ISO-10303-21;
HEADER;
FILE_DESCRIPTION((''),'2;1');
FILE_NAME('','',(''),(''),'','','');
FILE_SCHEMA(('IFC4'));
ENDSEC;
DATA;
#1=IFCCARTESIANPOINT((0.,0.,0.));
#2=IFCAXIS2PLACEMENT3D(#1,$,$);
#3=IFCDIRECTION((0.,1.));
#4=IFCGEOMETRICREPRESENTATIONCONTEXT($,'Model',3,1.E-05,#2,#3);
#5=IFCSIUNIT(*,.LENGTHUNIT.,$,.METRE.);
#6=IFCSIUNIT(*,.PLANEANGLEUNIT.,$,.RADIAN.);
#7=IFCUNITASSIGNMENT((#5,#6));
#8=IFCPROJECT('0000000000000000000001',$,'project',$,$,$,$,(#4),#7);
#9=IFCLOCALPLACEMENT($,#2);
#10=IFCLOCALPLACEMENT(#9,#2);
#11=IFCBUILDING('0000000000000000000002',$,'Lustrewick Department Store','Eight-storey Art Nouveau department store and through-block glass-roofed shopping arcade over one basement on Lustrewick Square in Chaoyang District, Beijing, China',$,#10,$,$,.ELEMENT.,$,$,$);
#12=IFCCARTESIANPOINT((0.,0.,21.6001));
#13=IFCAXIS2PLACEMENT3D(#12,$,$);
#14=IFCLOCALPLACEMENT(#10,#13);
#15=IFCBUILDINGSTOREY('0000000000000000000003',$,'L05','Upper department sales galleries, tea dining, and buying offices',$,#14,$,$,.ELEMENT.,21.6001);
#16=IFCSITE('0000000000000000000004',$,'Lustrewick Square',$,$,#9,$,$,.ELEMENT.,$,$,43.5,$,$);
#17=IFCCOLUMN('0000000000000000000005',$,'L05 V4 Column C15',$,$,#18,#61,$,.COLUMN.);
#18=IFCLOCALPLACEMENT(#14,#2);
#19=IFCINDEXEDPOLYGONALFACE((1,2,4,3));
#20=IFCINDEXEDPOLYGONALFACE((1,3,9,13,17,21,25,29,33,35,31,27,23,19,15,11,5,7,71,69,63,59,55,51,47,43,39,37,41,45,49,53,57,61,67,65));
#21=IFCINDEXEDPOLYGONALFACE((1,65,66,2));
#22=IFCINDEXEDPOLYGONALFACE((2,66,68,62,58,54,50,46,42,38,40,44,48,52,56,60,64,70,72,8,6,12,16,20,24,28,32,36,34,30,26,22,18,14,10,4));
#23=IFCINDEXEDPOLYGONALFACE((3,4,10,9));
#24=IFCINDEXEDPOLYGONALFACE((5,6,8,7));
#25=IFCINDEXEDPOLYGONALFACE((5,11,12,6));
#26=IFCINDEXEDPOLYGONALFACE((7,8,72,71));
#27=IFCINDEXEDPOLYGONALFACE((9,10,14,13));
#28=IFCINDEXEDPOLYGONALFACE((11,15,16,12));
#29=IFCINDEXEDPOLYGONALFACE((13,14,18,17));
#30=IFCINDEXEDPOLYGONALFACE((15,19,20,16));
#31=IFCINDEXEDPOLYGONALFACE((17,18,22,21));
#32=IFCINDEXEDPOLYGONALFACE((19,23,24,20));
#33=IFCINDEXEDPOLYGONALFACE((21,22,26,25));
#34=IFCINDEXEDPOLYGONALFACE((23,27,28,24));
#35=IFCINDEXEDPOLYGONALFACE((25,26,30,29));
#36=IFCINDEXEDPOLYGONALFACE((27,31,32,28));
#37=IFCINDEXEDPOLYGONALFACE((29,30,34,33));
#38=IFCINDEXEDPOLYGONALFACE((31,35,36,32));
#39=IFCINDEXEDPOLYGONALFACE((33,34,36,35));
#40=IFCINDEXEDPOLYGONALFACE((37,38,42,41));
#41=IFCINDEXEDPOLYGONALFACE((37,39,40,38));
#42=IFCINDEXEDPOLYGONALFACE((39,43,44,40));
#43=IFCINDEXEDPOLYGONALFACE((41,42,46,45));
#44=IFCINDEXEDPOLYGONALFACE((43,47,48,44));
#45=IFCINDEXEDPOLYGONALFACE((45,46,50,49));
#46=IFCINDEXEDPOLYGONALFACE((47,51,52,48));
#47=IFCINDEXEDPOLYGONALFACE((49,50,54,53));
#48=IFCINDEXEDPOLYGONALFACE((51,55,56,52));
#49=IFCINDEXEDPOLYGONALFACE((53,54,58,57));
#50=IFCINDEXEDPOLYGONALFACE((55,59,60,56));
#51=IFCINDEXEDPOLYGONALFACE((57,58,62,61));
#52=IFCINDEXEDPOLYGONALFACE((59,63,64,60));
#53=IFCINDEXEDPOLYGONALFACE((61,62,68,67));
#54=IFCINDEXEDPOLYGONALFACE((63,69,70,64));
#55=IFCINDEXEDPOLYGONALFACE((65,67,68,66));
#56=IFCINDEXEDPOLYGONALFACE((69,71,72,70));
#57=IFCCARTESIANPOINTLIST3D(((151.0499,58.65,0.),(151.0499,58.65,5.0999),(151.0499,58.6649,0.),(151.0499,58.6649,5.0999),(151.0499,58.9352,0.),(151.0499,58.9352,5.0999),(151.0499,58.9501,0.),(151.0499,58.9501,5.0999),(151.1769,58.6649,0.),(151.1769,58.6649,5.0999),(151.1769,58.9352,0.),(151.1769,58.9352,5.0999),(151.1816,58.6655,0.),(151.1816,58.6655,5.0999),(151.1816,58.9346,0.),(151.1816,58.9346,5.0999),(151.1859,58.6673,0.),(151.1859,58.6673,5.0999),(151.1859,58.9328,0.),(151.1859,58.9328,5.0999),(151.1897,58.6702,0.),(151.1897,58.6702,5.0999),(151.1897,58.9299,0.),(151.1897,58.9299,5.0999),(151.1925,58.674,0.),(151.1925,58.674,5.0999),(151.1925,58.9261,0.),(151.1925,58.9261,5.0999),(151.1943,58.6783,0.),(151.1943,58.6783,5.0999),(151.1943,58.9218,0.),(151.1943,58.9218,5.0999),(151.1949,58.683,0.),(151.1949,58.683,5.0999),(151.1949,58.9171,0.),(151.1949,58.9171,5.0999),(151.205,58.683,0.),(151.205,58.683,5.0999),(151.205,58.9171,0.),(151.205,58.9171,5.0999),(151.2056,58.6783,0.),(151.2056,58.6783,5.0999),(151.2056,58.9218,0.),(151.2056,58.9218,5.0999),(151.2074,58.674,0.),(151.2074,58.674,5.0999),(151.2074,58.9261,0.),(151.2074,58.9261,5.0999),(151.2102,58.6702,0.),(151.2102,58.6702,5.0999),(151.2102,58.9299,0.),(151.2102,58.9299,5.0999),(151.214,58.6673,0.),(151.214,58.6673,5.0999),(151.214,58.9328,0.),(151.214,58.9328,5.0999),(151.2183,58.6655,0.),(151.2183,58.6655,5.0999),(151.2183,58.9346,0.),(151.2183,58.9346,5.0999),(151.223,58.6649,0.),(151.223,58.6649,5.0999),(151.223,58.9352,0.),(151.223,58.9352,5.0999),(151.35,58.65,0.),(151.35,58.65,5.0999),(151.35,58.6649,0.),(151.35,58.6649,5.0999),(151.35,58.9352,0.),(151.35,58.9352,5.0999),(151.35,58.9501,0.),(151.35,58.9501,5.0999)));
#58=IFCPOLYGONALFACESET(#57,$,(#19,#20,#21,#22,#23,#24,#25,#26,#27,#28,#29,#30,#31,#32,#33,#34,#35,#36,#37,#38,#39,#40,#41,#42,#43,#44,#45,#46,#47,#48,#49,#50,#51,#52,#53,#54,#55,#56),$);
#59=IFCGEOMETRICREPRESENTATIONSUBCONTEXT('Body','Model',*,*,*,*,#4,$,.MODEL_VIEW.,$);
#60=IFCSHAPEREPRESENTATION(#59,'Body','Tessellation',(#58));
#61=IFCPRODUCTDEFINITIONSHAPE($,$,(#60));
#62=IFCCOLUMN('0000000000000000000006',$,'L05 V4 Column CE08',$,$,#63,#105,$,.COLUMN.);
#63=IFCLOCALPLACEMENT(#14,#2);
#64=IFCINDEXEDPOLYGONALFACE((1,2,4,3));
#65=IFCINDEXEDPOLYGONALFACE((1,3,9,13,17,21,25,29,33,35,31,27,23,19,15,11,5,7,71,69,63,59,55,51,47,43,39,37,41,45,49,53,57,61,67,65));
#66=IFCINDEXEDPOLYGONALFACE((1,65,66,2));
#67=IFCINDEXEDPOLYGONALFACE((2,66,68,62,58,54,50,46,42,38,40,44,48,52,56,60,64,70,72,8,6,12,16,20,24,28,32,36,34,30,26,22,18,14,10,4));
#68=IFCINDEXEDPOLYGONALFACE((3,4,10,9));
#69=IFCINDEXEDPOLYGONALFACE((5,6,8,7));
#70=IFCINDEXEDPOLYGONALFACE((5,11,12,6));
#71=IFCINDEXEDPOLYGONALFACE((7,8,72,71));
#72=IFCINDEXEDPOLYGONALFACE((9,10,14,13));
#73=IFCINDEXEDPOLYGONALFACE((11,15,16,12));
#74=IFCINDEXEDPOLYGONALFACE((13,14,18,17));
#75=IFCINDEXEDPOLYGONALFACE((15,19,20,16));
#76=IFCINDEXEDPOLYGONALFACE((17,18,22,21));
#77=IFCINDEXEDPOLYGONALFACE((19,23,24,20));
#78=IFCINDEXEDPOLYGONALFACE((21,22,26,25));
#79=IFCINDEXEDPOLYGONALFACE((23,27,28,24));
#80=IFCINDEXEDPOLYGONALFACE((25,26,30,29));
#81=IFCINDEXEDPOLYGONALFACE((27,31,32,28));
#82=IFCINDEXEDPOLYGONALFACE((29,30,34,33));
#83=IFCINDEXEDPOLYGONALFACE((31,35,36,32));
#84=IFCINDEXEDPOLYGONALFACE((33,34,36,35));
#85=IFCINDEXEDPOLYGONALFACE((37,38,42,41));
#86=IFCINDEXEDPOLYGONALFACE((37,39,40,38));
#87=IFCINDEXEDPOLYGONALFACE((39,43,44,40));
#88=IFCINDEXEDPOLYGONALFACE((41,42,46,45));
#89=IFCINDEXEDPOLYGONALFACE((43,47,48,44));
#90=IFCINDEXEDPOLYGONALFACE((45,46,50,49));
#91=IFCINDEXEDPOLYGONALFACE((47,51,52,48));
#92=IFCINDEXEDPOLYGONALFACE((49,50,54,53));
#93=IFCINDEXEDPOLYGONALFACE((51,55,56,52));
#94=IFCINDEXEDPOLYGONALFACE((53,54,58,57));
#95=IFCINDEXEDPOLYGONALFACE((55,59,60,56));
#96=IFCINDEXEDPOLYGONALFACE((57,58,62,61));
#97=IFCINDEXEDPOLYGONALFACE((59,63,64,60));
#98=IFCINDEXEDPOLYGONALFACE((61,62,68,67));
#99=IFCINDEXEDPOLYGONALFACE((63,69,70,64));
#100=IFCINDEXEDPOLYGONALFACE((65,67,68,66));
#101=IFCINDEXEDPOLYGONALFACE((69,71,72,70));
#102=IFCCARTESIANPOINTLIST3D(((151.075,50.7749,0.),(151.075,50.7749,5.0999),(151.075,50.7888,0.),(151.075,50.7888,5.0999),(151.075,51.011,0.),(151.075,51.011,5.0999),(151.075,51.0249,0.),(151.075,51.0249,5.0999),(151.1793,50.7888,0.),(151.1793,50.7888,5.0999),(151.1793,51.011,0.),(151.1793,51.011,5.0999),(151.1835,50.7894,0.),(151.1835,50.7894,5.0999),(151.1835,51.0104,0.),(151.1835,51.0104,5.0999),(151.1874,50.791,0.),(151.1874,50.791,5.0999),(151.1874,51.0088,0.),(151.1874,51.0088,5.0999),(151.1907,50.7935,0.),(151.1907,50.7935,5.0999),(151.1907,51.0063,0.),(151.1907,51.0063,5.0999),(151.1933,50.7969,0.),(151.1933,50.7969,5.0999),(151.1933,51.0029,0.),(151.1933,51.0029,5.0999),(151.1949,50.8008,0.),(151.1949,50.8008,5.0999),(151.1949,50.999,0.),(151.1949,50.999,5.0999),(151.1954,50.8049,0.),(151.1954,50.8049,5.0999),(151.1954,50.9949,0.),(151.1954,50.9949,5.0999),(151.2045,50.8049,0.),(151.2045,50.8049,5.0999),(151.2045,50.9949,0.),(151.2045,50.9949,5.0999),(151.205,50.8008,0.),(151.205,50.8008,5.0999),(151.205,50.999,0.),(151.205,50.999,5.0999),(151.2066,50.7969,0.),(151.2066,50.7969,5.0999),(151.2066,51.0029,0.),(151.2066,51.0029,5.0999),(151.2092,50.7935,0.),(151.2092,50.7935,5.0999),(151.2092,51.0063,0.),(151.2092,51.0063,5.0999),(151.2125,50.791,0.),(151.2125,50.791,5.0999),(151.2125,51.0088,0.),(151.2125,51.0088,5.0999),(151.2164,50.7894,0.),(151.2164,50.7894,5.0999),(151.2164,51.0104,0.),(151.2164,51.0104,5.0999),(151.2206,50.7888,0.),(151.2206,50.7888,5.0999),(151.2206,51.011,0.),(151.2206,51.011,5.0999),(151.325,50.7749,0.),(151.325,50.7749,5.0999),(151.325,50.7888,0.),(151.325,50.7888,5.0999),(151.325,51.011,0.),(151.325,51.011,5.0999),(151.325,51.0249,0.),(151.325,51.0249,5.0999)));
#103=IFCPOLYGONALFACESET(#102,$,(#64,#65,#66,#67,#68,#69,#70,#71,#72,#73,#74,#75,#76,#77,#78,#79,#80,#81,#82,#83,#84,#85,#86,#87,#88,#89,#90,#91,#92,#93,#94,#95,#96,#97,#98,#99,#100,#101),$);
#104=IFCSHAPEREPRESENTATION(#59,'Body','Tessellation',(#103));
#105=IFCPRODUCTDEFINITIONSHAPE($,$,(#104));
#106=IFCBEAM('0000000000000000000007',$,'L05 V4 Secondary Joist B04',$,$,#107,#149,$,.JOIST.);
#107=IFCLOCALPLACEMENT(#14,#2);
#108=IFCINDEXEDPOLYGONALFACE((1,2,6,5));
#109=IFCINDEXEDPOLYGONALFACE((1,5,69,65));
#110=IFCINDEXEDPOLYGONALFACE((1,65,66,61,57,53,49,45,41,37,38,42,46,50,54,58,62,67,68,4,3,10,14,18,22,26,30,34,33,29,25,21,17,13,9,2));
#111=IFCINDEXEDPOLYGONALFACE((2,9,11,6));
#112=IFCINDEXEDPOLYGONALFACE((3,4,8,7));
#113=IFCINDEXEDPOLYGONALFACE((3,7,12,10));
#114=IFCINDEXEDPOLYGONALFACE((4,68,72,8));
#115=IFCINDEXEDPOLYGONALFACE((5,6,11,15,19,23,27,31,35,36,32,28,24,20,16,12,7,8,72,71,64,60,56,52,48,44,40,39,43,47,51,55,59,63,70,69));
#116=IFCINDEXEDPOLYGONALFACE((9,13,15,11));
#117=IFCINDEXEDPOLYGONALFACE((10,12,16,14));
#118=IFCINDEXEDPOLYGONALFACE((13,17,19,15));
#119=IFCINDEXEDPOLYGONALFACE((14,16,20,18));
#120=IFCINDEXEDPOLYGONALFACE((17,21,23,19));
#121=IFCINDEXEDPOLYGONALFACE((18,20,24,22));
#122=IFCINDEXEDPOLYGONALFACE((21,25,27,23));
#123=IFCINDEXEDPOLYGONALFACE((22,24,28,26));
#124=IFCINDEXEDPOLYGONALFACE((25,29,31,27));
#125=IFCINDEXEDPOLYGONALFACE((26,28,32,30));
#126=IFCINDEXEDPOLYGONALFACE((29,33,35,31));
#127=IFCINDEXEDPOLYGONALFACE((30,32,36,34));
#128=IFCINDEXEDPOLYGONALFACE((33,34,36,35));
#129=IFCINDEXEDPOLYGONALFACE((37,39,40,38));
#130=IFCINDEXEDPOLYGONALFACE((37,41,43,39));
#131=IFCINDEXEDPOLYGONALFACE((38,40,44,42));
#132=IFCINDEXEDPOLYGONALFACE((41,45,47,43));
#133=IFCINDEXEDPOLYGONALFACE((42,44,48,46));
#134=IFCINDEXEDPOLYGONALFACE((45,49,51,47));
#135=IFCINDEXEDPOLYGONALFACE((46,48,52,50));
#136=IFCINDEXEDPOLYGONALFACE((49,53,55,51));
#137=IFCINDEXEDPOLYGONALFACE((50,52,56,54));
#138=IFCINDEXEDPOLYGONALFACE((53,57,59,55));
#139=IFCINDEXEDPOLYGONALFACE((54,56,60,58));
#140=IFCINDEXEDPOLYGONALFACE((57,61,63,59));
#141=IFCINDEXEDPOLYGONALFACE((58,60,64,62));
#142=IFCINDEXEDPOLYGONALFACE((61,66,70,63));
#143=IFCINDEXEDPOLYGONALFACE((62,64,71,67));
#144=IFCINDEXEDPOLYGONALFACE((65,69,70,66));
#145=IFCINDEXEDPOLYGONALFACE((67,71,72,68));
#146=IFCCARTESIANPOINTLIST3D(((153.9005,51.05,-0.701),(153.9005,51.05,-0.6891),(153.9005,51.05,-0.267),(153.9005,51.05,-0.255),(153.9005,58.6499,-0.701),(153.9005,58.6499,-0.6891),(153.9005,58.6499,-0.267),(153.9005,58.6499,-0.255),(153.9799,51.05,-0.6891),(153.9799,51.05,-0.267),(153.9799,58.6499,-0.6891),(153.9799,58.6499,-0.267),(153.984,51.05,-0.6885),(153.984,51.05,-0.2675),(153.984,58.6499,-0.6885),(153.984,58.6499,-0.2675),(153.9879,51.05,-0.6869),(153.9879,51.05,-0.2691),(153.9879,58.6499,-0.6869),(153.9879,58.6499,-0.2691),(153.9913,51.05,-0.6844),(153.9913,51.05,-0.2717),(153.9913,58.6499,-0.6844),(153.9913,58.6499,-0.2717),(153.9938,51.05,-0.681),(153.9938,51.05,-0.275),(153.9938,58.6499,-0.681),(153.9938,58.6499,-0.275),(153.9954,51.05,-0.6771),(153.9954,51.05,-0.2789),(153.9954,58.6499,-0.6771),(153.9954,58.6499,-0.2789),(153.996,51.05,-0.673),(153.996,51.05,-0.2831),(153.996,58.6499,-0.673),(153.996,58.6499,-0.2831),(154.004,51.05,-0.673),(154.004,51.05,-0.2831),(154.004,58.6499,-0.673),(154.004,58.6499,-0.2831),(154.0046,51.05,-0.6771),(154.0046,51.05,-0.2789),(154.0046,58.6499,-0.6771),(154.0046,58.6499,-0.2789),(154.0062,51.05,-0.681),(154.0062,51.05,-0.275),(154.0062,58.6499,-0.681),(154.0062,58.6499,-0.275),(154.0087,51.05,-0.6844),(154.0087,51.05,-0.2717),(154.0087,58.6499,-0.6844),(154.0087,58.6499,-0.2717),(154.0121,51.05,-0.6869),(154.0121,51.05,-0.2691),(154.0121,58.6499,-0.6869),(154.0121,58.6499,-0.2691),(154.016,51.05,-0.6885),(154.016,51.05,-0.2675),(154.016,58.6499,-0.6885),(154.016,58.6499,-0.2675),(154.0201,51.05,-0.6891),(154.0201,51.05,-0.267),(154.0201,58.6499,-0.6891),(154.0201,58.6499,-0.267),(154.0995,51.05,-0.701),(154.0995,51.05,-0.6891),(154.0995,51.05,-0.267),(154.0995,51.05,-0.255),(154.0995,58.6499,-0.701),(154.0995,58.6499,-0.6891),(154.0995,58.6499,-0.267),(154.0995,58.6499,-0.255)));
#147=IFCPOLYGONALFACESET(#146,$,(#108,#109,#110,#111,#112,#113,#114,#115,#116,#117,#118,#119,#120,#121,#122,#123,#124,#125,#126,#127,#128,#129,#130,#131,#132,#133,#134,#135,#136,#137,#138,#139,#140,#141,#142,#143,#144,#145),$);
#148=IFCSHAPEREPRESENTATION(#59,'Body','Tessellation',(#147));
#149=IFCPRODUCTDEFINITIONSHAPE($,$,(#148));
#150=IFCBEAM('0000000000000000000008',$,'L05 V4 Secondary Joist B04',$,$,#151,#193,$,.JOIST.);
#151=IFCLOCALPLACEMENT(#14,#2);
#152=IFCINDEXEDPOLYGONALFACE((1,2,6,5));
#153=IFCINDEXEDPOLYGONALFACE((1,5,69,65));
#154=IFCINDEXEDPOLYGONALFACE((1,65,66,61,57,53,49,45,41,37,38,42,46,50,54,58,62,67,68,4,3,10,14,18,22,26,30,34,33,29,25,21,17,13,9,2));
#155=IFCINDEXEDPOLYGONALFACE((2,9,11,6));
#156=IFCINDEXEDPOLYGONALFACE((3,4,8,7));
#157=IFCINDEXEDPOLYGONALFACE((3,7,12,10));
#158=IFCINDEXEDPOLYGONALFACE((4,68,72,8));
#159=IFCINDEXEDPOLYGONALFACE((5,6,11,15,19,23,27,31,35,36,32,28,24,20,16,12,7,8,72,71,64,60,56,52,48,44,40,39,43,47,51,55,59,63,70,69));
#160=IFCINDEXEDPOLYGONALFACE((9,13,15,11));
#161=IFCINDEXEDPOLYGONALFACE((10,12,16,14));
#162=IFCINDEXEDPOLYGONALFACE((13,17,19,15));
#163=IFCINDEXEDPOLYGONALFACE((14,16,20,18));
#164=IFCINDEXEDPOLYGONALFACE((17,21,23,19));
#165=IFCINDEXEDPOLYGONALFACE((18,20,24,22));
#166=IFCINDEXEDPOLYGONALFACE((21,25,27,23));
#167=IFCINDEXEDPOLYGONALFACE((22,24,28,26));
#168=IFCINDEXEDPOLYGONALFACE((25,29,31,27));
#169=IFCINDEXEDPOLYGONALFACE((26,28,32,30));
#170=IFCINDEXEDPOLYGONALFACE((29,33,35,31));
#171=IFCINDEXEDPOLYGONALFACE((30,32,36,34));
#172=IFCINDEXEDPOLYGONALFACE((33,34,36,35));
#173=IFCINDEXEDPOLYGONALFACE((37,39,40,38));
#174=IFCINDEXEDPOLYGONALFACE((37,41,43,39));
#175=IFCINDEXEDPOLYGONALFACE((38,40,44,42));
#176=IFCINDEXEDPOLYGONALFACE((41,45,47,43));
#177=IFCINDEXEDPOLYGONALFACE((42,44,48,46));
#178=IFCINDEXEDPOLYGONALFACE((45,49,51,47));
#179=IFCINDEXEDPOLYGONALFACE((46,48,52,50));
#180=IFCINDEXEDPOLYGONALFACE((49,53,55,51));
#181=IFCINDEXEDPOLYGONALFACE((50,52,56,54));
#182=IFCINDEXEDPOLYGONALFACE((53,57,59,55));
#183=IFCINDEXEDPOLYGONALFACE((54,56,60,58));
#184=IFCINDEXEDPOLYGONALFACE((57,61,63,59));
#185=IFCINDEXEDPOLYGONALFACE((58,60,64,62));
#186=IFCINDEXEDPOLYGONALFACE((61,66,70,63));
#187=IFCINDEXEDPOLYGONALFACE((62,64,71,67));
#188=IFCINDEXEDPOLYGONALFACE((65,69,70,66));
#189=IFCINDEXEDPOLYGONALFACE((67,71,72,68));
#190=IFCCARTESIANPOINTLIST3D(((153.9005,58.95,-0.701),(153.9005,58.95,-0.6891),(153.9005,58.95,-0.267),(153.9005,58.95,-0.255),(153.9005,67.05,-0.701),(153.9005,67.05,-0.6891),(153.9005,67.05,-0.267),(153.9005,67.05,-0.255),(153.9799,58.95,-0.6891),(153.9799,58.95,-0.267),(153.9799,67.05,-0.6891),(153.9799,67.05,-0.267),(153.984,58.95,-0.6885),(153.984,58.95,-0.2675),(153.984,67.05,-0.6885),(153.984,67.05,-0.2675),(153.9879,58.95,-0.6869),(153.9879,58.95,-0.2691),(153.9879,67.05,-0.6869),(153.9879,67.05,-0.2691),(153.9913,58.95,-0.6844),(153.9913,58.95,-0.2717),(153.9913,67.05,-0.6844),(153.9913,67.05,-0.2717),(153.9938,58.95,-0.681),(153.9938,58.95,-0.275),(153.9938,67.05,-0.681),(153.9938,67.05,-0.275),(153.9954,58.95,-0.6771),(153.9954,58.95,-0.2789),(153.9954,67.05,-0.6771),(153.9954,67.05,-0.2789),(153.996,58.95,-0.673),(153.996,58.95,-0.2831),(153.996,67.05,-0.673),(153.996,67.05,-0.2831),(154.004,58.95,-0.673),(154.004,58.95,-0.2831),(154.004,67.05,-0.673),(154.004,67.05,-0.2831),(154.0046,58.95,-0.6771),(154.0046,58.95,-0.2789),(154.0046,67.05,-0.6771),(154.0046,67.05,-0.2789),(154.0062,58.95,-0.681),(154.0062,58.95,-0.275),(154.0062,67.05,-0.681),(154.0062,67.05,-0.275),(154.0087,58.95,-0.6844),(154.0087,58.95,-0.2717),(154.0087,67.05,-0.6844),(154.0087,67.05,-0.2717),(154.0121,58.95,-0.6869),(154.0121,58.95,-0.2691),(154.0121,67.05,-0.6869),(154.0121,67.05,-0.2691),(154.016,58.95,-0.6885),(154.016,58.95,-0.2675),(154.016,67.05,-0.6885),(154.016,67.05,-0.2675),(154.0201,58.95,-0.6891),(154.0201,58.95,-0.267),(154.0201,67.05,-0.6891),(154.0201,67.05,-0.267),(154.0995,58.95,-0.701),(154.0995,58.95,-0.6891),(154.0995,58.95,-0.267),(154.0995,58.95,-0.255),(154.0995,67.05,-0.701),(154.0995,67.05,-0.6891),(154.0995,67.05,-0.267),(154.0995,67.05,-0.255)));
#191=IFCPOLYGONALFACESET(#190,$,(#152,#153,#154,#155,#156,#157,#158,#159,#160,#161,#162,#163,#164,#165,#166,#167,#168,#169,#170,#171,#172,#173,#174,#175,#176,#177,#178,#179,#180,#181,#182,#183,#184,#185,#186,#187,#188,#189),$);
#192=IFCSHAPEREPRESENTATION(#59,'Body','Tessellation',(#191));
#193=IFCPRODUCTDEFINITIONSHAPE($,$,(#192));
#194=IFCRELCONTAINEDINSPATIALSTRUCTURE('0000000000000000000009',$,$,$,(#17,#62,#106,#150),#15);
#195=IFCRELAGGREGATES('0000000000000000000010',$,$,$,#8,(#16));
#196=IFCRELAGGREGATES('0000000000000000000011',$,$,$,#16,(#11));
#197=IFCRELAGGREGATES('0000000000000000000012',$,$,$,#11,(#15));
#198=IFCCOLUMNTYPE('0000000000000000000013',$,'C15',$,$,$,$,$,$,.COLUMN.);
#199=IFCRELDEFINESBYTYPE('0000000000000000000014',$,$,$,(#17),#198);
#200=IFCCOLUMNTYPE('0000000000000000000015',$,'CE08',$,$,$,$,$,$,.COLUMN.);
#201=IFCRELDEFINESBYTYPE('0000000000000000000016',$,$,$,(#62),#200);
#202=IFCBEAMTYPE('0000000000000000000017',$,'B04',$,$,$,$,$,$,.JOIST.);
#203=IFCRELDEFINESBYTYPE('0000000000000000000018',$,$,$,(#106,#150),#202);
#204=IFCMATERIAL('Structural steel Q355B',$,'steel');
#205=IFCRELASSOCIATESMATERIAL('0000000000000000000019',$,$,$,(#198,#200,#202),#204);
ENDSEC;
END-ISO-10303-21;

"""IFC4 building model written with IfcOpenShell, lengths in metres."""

from ifc_helpers import new_model, si_unit, direction, frame, origin, origin_2d, place, context, subcontext, project, spatial, i_section, extrude, material, material_profile, profile_set, type_object, element, save


model = new_model("IFC4")

# Units and contexts
model_context = context("Model", 3, precision=1e-05, world=origin(), true_north=direction((0.0, 1.0)))
body_context = subcontext(model_context, "Body", "Model", "MODEL_VIEW")
ifc_project = project(units=[si_unit("LENGTHUNIT", "METRE"), si_unit("PLANEANGLEUNIT", "RADIAN")], contexts=[model_context])

# Site, building, storey
site_placement = place(None, origin())
site = spatial("IfcSite", under=ifc_project, at=site_placement, Name="Lustrewick Square", CompositionType="ELEMENT", RefElevation=43.5)
building_placement = place(site_placement, origin())
building = spatial("IfcBuilding", under=site, at=building_placement, Name="Lustrewick Department Store", Description="Eight-storey Art Nouveau department store and through-block glass-roofed shopping arcade over one basement on Lustrewick Square in Chaoyang District, Beijing, China", CompositionType="ELEMENT")
storey_placement = place(building_placement, frame((0.0, 0.0, 21.6001)))
storey = spatial("IfcBuildingStorey", under=building, at=storey_placement, Name="L05", Description="Upper department sales galleries, tea dining, and buying offices", CompositionType="ELEMENT", Elevation=21.6001)

# Columns
ifc_material_1 = material(Name="Structural steel Q355B", Category="steel")
ifc_material_profile_1 = material_profile(ifc_material_1, i_section(OverallWidth=0.3, OverallDepth=0.3, WebThickness=0.01, FlangeThickness=0.0149, FilletRadius=0.0181, at=origin_2d()), Name="HW 300x300x10x15")
ifc_profile_set_1 = profile_set([ifc_material_profile_1], Name="Structural steel Q355B")
column_type_1 = type_object("IfcColumnType", Name="C15", PredefinedType="COLUMN", material=ifc_profile_set_1)
column_1_placement = place(storey_placement, frame((151.2, 58.8, 0.0), z_axis=(0.0, 0.0, 1.0), x_axis=(1.0, 0.0, 0.0)))
element("IfcColumn", 1, at=column_1_placement, inside=storey, type_object=column_type_1, Name="L05 V4 Column C15", PredefinedType="COLUMN", context=body_context, shape_type="SweptSolid", body=[
    extrude(i_section(OverallWidth=0.3, OverallDepth=0.3, WebThickness=0.01, FlangeThickness=0.0149, FilletRadius=0.0181, at=origin_2d()), origin(), (0.0, 0.0, 1.0), 5.0999),
])
ifc_material_profile_2 = material_profile(ifc_material_1, i_section(OverallWidth=0.25, OverallDepth=0.25, WebThickness=0.009, FlangeThickness=0.0139, FilletRadius=0.0161, at=origin_2d()), Name="HW 250x250x9x14")
ifc_profile_set_2 = profile_set([ifc_material_profile_2], Name="Structural steel Q355B")
column_type_2 = type_object("IfcColumnType", Name="CE08", PredefinedType="COLUMN", material=ifc_profile_set_2)
column_2_placement = place(storey_placement, frame((151.2, 50.8999, 0.0), z_axis=(0.0, 0.0, 1.0), x_axis=(1.0, 0.0, 0.0)))
element("IfcColumn", 2, at=column_2_placement, inside=storey, type_object=column_type_2, Name="L05 V4 Column CE08", PredefinedType="COLUMN", context=body_context, shape_type="SweptSolid", body=[
    extrude(i_section(OverallWidth=0.25, OverallDepth=0.25, WebThickness=0.009, FlangeThickness=0.0139, FilletRadius=0.0161, at=origin_2d()), origin(), (0.0, 0.0, 1.0), 5.0999),
])

# Beams
ifc_material_profile_3 = material_profile(ifc_material_1, i_section(OverallWidth=0.199, OverallDepth=0.446, WebThickness=0.0081, FlangeThickness=0.012, FilletRadius=0.0161, at=origin_2d()), Name="HN 446x199x8x12")
ifc_profile_set_3 = profile_set([ifc_material_profile_3], Name="Structural steel Q355B")
beam_type_1 = type_object("IfcBeamType", Name="B04", PredefinedType="JOIST", material=ifc_profile_set_3)
beam_1_placement = place(storey_placement, frame((154.0, 51.05, -0.478), z_axis=(0.0, 1.0, 0.0), x_axis=(-1.0, 0.0, 0.0)))
element("IfcBeam", 3, at=beam_1_placement, inside=storey, type_object=beam_type_1, Name="L05 V4 Secondary Joist B04", PredefinedType="JOIST", context=body_context, shape_type="SweptSolid", body=[
    extrude(i_section(OverallWidth=0.199, OverallDepth=0.446, WebThickness=0.0081, FlangeThickness=0.012, FilletRadius=0.0161, at=origin_2d()), origin(), (0.0, 0.0, 1.0), 7.5999),
])
beam_2_placement = place(storey_placement, frame((154.0, 58.95, -0.478), z_axis=(0.0, 1.0, 0.0), x_axis=(-1.0, 0.0, 0.0)))
element("IfcBeam", 4, at=beam_2_placement, inside=storey, type_object=beam_type_1, Name="L05 V4 Secondary Joist B04", PredefinedType="JOIST", context=body_context, shape_type="SweptSolid", body=[
    extrude(i_section(OverallWidth=0.199, OverallDepth=0.446, WebThickness=0.0081, FlangeThickness=0.012, FilletRadius=0.0161, at=origin_2d()), origin(), (0.0, 0.0, 1.0), 8.1001),
])

save(model, "model.ifc")
